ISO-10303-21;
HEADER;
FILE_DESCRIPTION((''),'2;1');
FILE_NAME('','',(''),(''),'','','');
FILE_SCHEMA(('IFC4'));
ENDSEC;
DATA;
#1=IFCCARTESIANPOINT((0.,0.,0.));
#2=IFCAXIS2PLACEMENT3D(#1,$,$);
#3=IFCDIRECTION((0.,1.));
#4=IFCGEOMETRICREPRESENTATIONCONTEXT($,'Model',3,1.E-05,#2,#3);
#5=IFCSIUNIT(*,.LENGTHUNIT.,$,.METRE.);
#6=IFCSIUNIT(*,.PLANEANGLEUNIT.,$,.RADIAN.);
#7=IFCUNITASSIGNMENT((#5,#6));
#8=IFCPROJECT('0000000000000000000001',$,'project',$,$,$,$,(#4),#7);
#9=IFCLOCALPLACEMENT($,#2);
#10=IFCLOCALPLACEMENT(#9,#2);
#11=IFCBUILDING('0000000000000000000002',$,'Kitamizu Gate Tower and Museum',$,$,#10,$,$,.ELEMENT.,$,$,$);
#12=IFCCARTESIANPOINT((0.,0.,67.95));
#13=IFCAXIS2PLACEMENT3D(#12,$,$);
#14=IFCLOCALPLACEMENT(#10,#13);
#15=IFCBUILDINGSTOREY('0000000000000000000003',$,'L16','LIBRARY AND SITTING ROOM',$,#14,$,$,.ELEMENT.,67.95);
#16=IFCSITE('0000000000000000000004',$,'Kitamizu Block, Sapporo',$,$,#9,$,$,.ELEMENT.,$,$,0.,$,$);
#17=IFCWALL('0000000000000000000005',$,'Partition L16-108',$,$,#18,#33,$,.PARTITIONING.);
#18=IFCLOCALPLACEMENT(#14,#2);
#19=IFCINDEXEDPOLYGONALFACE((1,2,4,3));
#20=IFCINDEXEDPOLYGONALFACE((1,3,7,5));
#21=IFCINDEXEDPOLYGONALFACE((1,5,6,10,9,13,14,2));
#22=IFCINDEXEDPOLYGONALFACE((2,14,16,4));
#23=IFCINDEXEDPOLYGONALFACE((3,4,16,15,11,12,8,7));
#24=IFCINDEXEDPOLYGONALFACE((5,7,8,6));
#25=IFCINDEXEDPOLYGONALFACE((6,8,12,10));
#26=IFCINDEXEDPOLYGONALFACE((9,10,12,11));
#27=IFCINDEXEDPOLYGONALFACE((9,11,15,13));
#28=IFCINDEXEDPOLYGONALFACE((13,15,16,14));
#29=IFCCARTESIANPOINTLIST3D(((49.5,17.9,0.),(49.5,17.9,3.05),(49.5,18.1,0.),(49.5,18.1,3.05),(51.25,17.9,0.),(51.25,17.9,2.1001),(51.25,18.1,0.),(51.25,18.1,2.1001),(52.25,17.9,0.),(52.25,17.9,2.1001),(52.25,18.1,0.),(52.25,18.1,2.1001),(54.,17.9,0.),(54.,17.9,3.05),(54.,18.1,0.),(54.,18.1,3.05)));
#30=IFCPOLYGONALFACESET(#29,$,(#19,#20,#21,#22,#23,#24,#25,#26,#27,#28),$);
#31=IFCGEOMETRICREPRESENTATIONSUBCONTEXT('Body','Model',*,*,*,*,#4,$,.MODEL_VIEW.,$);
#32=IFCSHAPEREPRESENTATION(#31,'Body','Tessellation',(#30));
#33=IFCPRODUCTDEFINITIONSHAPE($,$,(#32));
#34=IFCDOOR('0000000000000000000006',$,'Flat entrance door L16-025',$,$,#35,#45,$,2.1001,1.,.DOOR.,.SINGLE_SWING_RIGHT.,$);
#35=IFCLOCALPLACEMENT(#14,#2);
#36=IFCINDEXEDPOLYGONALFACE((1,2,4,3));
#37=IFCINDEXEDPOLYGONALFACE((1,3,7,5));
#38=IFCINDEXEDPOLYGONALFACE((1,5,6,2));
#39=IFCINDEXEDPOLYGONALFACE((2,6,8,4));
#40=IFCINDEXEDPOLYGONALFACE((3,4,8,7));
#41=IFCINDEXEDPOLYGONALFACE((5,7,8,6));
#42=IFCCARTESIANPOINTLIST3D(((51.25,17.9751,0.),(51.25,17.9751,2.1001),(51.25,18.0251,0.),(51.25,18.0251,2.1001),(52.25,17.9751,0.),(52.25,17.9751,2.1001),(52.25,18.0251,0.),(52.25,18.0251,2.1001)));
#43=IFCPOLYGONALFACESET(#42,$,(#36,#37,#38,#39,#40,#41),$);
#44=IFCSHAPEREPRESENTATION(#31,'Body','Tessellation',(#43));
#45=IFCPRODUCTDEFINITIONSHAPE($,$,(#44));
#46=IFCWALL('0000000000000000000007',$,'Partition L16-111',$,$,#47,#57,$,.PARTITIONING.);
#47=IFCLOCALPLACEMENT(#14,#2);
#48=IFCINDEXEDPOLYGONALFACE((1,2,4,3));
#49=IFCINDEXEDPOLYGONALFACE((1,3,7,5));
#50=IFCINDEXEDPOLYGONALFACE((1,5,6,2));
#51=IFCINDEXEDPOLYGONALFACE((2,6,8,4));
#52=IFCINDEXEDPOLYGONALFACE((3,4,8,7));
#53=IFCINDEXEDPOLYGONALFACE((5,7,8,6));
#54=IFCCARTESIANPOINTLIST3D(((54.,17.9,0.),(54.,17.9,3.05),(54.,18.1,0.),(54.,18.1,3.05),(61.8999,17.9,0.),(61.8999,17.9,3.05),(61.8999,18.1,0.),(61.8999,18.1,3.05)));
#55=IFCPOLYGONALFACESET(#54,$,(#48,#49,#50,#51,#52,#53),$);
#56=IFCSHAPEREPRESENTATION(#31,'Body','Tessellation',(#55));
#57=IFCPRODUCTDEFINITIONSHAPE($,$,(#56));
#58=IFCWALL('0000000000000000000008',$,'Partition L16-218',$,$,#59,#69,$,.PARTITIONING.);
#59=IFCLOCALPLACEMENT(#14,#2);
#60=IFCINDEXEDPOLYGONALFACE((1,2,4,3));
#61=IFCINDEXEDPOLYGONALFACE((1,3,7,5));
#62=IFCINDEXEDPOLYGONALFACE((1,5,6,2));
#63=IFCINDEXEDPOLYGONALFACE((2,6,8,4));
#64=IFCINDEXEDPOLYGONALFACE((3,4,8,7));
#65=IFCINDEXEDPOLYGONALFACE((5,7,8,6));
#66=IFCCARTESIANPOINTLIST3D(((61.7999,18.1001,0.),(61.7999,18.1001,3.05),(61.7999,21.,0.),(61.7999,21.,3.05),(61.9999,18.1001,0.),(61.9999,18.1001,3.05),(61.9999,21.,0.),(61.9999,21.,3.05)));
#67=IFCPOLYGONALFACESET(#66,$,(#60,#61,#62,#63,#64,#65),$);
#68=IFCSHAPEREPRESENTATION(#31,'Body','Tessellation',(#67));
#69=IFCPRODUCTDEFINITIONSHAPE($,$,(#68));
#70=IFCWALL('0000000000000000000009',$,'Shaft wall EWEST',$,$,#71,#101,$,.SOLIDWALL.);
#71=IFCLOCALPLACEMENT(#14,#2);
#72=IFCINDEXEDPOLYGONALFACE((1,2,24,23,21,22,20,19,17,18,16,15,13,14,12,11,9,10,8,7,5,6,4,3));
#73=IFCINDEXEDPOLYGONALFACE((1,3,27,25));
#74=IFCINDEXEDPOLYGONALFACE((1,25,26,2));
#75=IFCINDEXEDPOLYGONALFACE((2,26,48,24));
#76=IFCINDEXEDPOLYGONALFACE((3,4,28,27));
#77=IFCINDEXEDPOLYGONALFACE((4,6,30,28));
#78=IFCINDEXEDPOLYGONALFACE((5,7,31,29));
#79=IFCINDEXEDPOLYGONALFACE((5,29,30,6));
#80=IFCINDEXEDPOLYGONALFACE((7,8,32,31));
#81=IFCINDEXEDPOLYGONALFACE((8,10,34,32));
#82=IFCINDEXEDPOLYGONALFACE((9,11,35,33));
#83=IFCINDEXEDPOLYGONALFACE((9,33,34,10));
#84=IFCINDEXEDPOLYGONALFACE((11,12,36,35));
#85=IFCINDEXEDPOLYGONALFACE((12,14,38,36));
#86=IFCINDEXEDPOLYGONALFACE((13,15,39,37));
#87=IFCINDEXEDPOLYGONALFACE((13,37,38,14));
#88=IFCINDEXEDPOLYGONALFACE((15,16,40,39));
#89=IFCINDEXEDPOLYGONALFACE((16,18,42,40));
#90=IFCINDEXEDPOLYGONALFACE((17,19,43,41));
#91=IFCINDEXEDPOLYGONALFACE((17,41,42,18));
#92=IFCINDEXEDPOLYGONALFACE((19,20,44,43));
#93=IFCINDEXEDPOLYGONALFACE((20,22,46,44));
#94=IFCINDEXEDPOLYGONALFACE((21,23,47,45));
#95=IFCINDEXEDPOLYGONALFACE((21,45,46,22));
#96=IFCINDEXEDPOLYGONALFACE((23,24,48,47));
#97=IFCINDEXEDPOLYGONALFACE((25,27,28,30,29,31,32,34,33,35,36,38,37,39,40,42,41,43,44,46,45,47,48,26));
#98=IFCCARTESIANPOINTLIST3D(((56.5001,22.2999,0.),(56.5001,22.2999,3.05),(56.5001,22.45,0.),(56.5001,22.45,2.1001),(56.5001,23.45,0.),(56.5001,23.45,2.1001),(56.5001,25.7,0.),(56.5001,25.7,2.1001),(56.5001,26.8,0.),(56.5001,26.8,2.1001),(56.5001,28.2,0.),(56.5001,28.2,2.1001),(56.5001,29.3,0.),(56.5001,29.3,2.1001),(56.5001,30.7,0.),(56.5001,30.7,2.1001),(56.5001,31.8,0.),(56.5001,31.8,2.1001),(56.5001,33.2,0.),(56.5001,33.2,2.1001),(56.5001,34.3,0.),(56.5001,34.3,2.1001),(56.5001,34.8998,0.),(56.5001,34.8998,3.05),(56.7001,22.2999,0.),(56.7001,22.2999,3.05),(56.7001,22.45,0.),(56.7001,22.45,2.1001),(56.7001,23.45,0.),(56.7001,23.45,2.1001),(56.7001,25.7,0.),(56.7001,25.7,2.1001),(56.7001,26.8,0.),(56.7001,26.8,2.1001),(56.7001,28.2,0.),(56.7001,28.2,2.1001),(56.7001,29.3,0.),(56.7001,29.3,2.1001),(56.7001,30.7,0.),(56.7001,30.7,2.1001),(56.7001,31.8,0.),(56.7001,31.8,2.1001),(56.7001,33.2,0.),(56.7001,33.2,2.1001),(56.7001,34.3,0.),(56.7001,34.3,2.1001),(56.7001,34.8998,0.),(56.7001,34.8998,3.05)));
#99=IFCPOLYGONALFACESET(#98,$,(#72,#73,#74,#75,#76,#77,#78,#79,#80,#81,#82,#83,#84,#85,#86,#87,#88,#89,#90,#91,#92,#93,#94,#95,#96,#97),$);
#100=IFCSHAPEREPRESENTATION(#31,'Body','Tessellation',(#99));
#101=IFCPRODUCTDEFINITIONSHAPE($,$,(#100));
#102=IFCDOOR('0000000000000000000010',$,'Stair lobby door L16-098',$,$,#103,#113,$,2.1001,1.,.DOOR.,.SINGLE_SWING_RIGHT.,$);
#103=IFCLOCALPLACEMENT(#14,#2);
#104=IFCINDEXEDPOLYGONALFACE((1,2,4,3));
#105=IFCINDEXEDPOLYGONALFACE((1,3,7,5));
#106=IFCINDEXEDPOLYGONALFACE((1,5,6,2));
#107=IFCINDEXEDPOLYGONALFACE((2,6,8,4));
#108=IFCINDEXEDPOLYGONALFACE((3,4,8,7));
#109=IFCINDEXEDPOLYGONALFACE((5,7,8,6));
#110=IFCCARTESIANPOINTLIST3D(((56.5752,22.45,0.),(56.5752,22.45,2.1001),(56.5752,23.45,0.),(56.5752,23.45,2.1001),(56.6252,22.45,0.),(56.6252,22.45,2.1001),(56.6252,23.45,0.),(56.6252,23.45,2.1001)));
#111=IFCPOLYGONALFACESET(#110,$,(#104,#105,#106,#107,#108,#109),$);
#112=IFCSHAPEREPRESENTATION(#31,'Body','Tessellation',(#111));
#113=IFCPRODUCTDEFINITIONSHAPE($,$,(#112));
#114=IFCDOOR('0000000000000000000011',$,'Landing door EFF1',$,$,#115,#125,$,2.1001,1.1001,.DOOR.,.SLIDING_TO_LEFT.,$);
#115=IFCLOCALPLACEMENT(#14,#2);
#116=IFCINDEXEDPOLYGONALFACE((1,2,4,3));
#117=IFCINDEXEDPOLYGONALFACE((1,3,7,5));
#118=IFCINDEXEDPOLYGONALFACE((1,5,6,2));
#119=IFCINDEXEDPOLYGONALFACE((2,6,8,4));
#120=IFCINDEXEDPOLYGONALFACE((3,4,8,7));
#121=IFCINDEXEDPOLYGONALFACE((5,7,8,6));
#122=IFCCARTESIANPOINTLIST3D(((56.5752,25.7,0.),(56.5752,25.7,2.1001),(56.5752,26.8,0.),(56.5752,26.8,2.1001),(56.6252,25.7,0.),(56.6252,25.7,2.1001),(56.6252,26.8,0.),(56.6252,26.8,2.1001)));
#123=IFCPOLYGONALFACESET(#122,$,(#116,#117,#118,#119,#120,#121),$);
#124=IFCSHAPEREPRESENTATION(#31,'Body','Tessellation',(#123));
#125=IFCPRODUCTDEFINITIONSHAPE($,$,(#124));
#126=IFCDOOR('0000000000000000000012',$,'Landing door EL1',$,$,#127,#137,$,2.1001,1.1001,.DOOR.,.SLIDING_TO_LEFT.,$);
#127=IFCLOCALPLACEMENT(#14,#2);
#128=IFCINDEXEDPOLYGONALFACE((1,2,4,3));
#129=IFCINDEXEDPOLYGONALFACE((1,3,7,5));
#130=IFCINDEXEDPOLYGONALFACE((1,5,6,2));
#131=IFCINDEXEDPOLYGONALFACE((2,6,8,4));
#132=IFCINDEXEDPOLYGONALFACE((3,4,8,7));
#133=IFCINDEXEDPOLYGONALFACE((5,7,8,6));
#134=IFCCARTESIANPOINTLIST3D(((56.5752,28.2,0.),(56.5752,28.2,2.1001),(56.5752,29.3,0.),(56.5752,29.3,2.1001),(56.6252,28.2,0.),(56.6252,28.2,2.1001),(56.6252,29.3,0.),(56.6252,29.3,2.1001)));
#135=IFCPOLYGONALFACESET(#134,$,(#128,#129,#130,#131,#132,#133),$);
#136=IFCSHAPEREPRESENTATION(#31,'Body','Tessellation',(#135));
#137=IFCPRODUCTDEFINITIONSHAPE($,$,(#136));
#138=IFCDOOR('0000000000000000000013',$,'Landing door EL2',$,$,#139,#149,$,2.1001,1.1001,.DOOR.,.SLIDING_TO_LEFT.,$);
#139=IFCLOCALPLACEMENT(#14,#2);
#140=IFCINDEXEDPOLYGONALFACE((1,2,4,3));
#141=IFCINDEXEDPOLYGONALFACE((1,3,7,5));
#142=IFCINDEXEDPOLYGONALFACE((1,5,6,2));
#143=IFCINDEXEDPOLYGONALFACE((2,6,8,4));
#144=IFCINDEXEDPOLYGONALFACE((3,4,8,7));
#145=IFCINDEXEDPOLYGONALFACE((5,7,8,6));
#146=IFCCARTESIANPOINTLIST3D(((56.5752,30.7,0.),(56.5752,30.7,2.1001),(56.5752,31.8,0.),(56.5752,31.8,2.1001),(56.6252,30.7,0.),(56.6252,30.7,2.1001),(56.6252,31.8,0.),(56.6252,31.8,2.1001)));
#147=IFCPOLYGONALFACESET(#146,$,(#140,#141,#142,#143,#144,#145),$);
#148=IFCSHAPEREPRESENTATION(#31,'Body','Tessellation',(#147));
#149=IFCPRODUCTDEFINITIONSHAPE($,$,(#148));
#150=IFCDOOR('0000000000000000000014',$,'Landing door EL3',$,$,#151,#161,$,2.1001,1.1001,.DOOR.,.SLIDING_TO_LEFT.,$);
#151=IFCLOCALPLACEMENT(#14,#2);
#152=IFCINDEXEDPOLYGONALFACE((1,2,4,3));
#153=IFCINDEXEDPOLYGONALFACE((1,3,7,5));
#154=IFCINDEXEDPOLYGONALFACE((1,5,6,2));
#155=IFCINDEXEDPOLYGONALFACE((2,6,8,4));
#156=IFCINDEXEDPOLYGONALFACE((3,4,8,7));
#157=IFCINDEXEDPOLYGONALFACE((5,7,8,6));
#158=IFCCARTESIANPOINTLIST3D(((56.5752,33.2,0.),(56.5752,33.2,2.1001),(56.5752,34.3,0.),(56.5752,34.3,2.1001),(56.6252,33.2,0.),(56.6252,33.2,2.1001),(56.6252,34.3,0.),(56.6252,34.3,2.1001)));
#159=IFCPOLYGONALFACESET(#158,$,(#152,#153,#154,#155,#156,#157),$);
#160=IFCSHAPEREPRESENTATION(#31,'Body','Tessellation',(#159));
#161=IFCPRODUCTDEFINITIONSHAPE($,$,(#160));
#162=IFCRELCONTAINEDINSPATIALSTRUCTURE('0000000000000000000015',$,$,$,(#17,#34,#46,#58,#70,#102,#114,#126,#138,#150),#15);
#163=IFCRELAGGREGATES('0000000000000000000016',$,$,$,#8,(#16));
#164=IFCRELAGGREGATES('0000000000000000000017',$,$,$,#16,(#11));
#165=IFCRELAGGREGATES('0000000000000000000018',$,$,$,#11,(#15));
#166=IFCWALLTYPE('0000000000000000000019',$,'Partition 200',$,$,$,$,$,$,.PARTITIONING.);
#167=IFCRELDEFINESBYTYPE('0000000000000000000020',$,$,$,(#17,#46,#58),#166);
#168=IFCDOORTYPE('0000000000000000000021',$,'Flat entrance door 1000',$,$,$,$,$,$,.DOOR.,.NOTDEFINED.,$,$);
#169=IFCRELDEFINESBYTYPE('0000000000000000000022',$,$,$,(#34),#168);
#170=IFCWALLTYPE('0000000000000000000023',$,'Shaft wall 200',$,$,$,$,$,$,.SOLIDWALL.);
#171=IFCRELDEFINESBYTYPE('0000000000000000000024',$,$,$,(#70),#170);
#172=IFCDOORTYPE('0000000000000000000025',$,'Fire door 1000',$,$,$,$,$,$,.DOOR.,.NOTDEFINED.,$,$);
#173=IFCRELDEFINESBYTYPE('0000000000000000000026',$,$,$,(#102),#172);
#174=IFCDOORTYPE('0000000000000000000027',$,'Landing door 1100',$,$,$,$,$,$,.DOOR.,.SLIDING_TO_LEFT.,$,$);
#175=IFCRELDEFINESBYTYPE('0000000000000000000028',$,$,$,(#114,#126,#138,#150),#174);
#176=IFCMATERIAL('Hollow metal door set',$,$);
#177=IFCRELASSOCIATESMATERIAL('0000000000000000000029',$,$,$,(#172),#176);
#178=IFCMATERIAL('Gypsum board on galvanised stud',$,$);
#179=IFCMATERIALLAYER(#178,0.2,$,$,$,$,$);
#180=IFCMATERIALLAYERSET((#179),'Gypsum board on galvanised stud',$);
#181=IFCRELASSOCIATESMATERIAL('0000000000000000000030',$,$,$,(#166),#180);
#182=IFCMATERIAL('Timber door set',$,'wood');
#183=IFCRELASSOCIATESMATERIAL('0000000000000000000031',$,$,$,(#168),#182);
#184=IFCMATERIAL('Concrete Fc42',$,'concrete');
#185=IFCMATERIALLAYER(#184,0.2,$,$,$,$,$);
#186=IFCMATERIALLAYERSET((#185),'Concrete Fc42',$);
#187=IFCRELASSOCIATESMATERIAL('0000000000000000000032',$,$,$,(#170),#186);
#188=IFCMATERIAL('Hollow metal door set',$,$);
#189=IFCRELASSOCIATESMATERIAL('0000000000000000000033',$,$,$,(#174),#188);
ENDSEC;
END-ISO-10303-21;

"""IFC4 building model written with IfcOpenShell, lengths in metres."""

from ifc_helpers import new_model, si_unit, direction, frame, frame_2d, origin, place, context, subcontext, project, spatial, rectangle, extrude, material, layer, layer_set, type_object, element, fill, save


model = new_model("IFC4")

# Units and contexts
model_context = context("Model", 3, precision=1e-05, world=origin(), true_north=direction((0.0, 1.0)))
body_context = subcontext(model_context, "Body", "Model", "MODEL_VIEW")
ifc_project = project(units=[si_unit("LENGTHUNIT", "METRE"), si_unit("PLANEANGLEUNIT", "RADIAN")], contexts=[model_context])

# Site, building, storey
site_placement = place(None, origin())
site = spatial("IfcSite", under=ifc_project, at=site_placement, Name="Kitamizu Block, Sapporo", CompositionType="ELEMENT", RefElevation=0.0)
building_placement = place(site_placement, origin())
building = spatial("IfcBuilding", under=site, at=building_placement, Name="Kitamizu Gate Tower and Museum", CompositionType="ELEMENT")
storey_placement = place(building_placement, frame((0.0, 0.0, 67.95)))
storey = spatial("IfcBuildingStorey", under=building, at=storey_placement, Name="L16", Description="LIBRARY AND SITTING ROOM", CompositionType="ELEMENT", Elevation=67.95)

# Shared definitions
ifc_material_1 = material(Name="Hollow metal door set")
door_type_1 = type_object("IfcDoorType", Name="Fire door 1000", OperationType="NOTDEFINED", PredefinedType="DOOR", material=ifc_material_1)

# Shared definitions
ifc_material_2 = material(Name="Gypsum board on galvanised stud")
ifc_layer_1 = layer(ifc_material_2, 0.2)
ifc_layer_set_1 = layer_set([ifc_layer_1], Name="Gypsum board on galvanised stud")
wall_type_1 = type_object("IfcWallType", Name="Partition 200", PredefinedType="PARTITIONING", material=ifc_layer_set_1)

# Wall, opening, door
wall_1_placement = place(storey_placement, frame((54.0, 18.0, 0.0), z_axis=(0.0, 0.0, 1.0), x_axis=(-1.0, 0.0, 0.0)))
wall_1 = element("IfcWall", 1, at=wall_1_placement, inside=storey, type_object=wall_type_1, Name="Partition L16-108", PredefinedType="PARTITIONING", context=body_context, shape_type="SweptSolid", body=[
    extrude(rectangle(XDim=4.5, YDim=0.2, at=frame_2d((2.25, 0.0))), origin(), (0.0, 0.0, 1.0), 3.05),
])
opening_1_placement = place(wall_1_placement, frame((1.75, 0.0, 0.0)))
opening_1 = element("IfcOpeningElement", 2, at=opening_1_placement, cuts=wall_1, PredefinedType="OPENING", context=body_context, shape_type="SweptSolid", body=[
    extrude(rectangle(XDim=1.0, YDim=2.1001, at=frame_2d((0.5, 1.05))), frame((0.0, 0.1099, 0.0), z_axis=(0.0, -1.0, 0.0), x_axis=(1.0, 0.0, 0.0)), (0.0, 0.0, 1.0), 0.22),
])
ifc_material_3 = material(Name="Timber door set", Category="wood")
door_type_2 = type_object("IfcDoorType", Name="Flat entrance door 1000", OperationType="NOTDEFINED", PredefinedType="DOOR", material=ifc_material_3)
door_1_placement = place(opening_1_placement, origin())
door_1 = element("IfcDoor", 3, at=door_1_placement, inside=storey, type_object=door_type_2, Name="Flat entrance door L16-025", OperationType="SINGLE_SWING_RIGHT", OverallHeight=2.1001, OverallWidth=1.0, PredefinedType="DOOR", context=body_context, shape_type="SweptSolid", body=[
    extrude(rectangle(XDim=1.0, YDim=2.1001, at=frame_2d((0.5, 1.05))), frame((0.0, 0.0249, 0.0), z_axis=(0.0, -1.0, 0.0), x_axis=(1.0, 0.0, 0.0)), (0.0, 0.0, 1.0), 0.05),
])
fill(opening_1, door_1)

# Walls
wall_2_placement = place(storey_placement, frame((61.8999, 18.0, 0.0), z_axis=(0.0, 0.0, 1.0), x_axis=(-1.0, 0.0, 0.0)))
element("IfcWall", 4, at=wall_2_placement, inside=storey, type_object=wall_type_1, Name="Partition L16-111", PredefinedType="PARTITIONING", context=body_context, shape_type="SweptSolid", body=[
    extrude(rectangle(XDim=7.8999, YDim=0.2, at=frame_2d((3.95, 0.0))), origin(), (0.0, 0.0, 1.0), 3.05),
])
wall_3_placement = place(storey_placement, frame((61.8999, 21.0, 0.0), z_axis=(0.0, 0.0, 1.0), x_axis=(0.0, -1.0, 0.0)))
element("IfcWall", 5, at=wall_3_placement, inside=storey, type_object=wall_type_1, Name="Partition L16-218", PredefinedType="PARTITIONING", context=body_context, shape_type="SweptSolid", body=[
    extrude(rectangle(XDim=2.8999, YDim=0.2, at=frame_2d((1.45, 0.0))), origin(), (0.0, 0.0, 1.0), 3.05),
])

# Wall, openings, doors
ifc_material_4 = material(Name="Concrete Fc42", Category="concrete")
ifc_layer_2 = layer(ifc_material_4, 0.2)
ifc_layer_set_2 = layer_set([ifc_layer_2], Name="Concrete Fc42")
wall_type_2 = type_object("IfcWallType", Name="Shaft wall 200", PredefinedType="SOLIDWALL", material=ifc_layer_set_2)
wall_4_placement = place(storey_placement, frame((56.6001, 22.3, 0.0), z_axis=(0.0, 0.0, 1.0), x_axis=(0.0, 1.0, 0.0)))
wall_4 = element("IfcWall", 6, at=wall_4_placement, inside=storey, type_object=wall_type_2, Name="Shaft wall EWEST", PredefinedType="SOLIDWALL", context=body_context, shape_type="SweptSolid", body=[
    extrude(rectangle(XDim=12.5999, YDim=0.2, at=frame_2d((6.2998, 0.0))), origin(), (0.0, 0.0, 1.0), 3.05),
])
opening_2_placement = place(wall_4_placement, frame((3.3999, 0.0, 0.0)))
opening_2 = element("IfcOpeningElement", 7, at=opening_2_placement, cuts=wall_4, PredefinedType="OPENING", context=body_context, shape_type="SweptSolid", body=[
    extrude(rectangle(XDim=1.1001, YDim=2.1001, at=frame_2d((0.55, 1.05))), frame((0.0, 0.1099, 0.0), z_axis=(0.0, -1.0, 0.0), x_axis=(1.0, 0.0, 0.0)), (0.0, 0.0, 1.0), 0.22),
])
opening_3_placement = place(wall_4_placement, frame((5.8999, 0.0, 0.0)))
opening_3 = element("IfcOpeningElement", 8, at=opening_3_placement, cuts=wall_4, PredefinedType="OPENING", context=body_context, shape_type="SweptSolid", body=[
    extrude(rectangle(XDim=1.1001, YDim=2.1001, at=frame_2d((0.55, 1.05))), frame((0.0, 0.1099, 0.0), z_axis=(0.0, -1.0, 0.0), x_axis=(1.0, 0.0, 0.0)), (0.0, 0.0, 1.0), 0.22),
])
opening_4_placement = place(wall_4_placement, frame((8.3999, 0.0, 0.0)))
opening_4 = element("IfcOpeningElement", 9, at=opening_4_placement, cuts=wall_4, PredefinedType="OPENING", context=body_context, shape_type="SweptSolid", body=[
    extrude(rectangle(XDim=1.1001, YDim=2.1001, at=frame_2d((0.55, 1.05))), frame((0.0, 0.1099, 0.0), z_axis=(0.0, -1.0, 0.0), x_axis=(1.0, 0.0, 0.0)), (0.0, 0.0, 1.0), 0.22),
])
opening_5_placement = place(wall_4_placement, frame((10.8999, 0.0, 0.0)))
opening_5 = element("IfcOpeningElement", 10, at=opening_5_placement, cuts=wall_4, PredefinedType="OPENING", context=body_context, shape_type="SweptSolid", body=[
    extrude(rectangle(XDim=1.1001, YDim=2.1001, at=frame_2d((0.55, 1.05))), frame((0.0, 0.1099, 0.0), z_axis=(0.0, -1.0, 0.0), x_axis=(1.0, 0.0, 0.0)), (0.0, 0.0, 1.0), 0.22),
])
opening_6_placement = place(wall_4_placement, frame((0.1499, 0.0, 0.0)))
opening_6 = element("IfcOpeningElement", 11, at=opening_6_placement, cuts=wall_4, PredefinedType="OPENING", context=body_context, shape_type="SweptSolid", body=[
    extrude(rectangle(XDim=1.0, YDim=2.1001, at=frame_2d((0.5, 1.05))), frame((0.0, 0.1099, 0.0), z_axis=(0.0, -1.0, 0.0), x_axis=(1.0, 0.0, 0.0)), (0.0, 0.0, 1.0), 0.22),
])
door_2_placement = place(opening_6_placement, origin())
door_2 = element("IfcDoor", 12, at=door_2_placement, inside=storey, type_object=door_type_1, Name="Stair lobby door L16-098", OperationType="SINGLE_SWING_RIGHT", OverallHeight=2.1001, OverallWidth=1.0, PredefinedType="DOOR", context=body_context, shape_type="SweptSolid", body=[
    extrude(rectangle(XDim=1.0, YDim=2.1001, at=frame_2d((0.5, 1.05))), frame((0.0, 0.0249, 0.0), z_axis=(0.0, -1.0, 0.0), x_axis=(1.0, 0.0, 0.0)), (0.0, 0.0, 1.0), 0.05),
])
fill(opening_6, door_2)
ifc_material_5 = material(Name="Hollow metal door set")
door_type_3 = type_object("IfcDoorType", Name="Landing door 1100", OperationType="SLIDING_TO_LEFT", PredefinedType="DOOR", material=ifc_material_5)
door_3_placement = place(opening_2_placement, origin())
door_3 = element("IfcDoor", 13, at=door_3_placement, inside=storey, type_object=door_type_3, Name="Landing door EFF1", OperationType="SLIDING_TO_LEFT", OverallHeight=2.1001, OverallWidth=1.1001, PredefinedType="DOOR", context=body_context, shape_type="SweptSolid", body=[
    extrude(rectangle(XDim=1.1001, YDim=2.1001, at=frame_2d((0.55, 1.05))), frame((0.0, 0.0249, 0.0), z_axis=(0.0, -1.0, 0.0), x_axis=(1.0, 0.0, 0.0)), (0.0, 0.0, 1.0), 0.05),
])
fill(opening_2, door_3)
door_4_placement = place(opening_3_placement, origin())
door_4 = element("IfcDoor", 14, at=door_4_placement, inside=storey, type_object=door_type_3, Name="Landing door EL1", OperationType="SLIDING_TO_LEFT", OverallHeight=2.1001, OverallWidth=1.1001, PredefinedType="DOOR", context=body_context, shape_type="SweptSolid", body=[
    extrude(rectangle(XDim=1.1001, YDim=2.1001, at=frame_2d((0.55, 1.05))), frame((0.0, 0.0249, 0.0), z_axis=(0.0, -1.0, 0.0), x_axis=(1.0, 0.0, 0.0)), (0.0, 0.0, 1.0), 0.05),
])
fill(opening_3, door_4)
door_5_placement = place(opening_4_placement, origin())
door_5 = element("IfcDoor", 15, at=door_5_placement, inside=storey, type_object=door_type_3, Name="Landing door EL2", OperationType="SLIDING_TO_LEFT", OverallHeight=2.1001, OverallWidth=1.1001, PredefinedType="DOOR", context=body_context, shape_type="SweptSolid", body=[
    extrude(rectangle(XDim=1.1001, YDim=2.1001, at=frame_2d((0.55, 1.05))), frame((0.0, 0.0249, 0.0), z_axis=(0.0, -1.0, 0.0), x_axis=(1.0, 0.0, 0.0)), (0.0, 0.0, 1.0), 0.05),
])
fill(opening_4, door_5)
door_6_placement = place(opening_5_placement, origin())
door_6 = element("IfcDoor", 16, at=door_6_placement, inside=storey, type_object=door_type_3, Name="Landing door EL3", OperationType="SLIDING_TO_LEFT", OverallHeight=2.1001, OverallWidth=1.1001, PredefinedType="DOOR", context=body_context, shape_type="SweptSolid", body=[
    extrude(rectangle(XDim=1.1001, YDim=2.1001, at=frame_2d((0.55, 1.05))), frame((0.0, 0.0249, 0.0), z_axis=(0.0, -1.0, 0.0), x_axis=(1.0, 0.0, 0.0)), (0.0, 0.0, 1.0), 0.05),
])
fill(opening_5, door_6)

save(model, "model.ifc")
